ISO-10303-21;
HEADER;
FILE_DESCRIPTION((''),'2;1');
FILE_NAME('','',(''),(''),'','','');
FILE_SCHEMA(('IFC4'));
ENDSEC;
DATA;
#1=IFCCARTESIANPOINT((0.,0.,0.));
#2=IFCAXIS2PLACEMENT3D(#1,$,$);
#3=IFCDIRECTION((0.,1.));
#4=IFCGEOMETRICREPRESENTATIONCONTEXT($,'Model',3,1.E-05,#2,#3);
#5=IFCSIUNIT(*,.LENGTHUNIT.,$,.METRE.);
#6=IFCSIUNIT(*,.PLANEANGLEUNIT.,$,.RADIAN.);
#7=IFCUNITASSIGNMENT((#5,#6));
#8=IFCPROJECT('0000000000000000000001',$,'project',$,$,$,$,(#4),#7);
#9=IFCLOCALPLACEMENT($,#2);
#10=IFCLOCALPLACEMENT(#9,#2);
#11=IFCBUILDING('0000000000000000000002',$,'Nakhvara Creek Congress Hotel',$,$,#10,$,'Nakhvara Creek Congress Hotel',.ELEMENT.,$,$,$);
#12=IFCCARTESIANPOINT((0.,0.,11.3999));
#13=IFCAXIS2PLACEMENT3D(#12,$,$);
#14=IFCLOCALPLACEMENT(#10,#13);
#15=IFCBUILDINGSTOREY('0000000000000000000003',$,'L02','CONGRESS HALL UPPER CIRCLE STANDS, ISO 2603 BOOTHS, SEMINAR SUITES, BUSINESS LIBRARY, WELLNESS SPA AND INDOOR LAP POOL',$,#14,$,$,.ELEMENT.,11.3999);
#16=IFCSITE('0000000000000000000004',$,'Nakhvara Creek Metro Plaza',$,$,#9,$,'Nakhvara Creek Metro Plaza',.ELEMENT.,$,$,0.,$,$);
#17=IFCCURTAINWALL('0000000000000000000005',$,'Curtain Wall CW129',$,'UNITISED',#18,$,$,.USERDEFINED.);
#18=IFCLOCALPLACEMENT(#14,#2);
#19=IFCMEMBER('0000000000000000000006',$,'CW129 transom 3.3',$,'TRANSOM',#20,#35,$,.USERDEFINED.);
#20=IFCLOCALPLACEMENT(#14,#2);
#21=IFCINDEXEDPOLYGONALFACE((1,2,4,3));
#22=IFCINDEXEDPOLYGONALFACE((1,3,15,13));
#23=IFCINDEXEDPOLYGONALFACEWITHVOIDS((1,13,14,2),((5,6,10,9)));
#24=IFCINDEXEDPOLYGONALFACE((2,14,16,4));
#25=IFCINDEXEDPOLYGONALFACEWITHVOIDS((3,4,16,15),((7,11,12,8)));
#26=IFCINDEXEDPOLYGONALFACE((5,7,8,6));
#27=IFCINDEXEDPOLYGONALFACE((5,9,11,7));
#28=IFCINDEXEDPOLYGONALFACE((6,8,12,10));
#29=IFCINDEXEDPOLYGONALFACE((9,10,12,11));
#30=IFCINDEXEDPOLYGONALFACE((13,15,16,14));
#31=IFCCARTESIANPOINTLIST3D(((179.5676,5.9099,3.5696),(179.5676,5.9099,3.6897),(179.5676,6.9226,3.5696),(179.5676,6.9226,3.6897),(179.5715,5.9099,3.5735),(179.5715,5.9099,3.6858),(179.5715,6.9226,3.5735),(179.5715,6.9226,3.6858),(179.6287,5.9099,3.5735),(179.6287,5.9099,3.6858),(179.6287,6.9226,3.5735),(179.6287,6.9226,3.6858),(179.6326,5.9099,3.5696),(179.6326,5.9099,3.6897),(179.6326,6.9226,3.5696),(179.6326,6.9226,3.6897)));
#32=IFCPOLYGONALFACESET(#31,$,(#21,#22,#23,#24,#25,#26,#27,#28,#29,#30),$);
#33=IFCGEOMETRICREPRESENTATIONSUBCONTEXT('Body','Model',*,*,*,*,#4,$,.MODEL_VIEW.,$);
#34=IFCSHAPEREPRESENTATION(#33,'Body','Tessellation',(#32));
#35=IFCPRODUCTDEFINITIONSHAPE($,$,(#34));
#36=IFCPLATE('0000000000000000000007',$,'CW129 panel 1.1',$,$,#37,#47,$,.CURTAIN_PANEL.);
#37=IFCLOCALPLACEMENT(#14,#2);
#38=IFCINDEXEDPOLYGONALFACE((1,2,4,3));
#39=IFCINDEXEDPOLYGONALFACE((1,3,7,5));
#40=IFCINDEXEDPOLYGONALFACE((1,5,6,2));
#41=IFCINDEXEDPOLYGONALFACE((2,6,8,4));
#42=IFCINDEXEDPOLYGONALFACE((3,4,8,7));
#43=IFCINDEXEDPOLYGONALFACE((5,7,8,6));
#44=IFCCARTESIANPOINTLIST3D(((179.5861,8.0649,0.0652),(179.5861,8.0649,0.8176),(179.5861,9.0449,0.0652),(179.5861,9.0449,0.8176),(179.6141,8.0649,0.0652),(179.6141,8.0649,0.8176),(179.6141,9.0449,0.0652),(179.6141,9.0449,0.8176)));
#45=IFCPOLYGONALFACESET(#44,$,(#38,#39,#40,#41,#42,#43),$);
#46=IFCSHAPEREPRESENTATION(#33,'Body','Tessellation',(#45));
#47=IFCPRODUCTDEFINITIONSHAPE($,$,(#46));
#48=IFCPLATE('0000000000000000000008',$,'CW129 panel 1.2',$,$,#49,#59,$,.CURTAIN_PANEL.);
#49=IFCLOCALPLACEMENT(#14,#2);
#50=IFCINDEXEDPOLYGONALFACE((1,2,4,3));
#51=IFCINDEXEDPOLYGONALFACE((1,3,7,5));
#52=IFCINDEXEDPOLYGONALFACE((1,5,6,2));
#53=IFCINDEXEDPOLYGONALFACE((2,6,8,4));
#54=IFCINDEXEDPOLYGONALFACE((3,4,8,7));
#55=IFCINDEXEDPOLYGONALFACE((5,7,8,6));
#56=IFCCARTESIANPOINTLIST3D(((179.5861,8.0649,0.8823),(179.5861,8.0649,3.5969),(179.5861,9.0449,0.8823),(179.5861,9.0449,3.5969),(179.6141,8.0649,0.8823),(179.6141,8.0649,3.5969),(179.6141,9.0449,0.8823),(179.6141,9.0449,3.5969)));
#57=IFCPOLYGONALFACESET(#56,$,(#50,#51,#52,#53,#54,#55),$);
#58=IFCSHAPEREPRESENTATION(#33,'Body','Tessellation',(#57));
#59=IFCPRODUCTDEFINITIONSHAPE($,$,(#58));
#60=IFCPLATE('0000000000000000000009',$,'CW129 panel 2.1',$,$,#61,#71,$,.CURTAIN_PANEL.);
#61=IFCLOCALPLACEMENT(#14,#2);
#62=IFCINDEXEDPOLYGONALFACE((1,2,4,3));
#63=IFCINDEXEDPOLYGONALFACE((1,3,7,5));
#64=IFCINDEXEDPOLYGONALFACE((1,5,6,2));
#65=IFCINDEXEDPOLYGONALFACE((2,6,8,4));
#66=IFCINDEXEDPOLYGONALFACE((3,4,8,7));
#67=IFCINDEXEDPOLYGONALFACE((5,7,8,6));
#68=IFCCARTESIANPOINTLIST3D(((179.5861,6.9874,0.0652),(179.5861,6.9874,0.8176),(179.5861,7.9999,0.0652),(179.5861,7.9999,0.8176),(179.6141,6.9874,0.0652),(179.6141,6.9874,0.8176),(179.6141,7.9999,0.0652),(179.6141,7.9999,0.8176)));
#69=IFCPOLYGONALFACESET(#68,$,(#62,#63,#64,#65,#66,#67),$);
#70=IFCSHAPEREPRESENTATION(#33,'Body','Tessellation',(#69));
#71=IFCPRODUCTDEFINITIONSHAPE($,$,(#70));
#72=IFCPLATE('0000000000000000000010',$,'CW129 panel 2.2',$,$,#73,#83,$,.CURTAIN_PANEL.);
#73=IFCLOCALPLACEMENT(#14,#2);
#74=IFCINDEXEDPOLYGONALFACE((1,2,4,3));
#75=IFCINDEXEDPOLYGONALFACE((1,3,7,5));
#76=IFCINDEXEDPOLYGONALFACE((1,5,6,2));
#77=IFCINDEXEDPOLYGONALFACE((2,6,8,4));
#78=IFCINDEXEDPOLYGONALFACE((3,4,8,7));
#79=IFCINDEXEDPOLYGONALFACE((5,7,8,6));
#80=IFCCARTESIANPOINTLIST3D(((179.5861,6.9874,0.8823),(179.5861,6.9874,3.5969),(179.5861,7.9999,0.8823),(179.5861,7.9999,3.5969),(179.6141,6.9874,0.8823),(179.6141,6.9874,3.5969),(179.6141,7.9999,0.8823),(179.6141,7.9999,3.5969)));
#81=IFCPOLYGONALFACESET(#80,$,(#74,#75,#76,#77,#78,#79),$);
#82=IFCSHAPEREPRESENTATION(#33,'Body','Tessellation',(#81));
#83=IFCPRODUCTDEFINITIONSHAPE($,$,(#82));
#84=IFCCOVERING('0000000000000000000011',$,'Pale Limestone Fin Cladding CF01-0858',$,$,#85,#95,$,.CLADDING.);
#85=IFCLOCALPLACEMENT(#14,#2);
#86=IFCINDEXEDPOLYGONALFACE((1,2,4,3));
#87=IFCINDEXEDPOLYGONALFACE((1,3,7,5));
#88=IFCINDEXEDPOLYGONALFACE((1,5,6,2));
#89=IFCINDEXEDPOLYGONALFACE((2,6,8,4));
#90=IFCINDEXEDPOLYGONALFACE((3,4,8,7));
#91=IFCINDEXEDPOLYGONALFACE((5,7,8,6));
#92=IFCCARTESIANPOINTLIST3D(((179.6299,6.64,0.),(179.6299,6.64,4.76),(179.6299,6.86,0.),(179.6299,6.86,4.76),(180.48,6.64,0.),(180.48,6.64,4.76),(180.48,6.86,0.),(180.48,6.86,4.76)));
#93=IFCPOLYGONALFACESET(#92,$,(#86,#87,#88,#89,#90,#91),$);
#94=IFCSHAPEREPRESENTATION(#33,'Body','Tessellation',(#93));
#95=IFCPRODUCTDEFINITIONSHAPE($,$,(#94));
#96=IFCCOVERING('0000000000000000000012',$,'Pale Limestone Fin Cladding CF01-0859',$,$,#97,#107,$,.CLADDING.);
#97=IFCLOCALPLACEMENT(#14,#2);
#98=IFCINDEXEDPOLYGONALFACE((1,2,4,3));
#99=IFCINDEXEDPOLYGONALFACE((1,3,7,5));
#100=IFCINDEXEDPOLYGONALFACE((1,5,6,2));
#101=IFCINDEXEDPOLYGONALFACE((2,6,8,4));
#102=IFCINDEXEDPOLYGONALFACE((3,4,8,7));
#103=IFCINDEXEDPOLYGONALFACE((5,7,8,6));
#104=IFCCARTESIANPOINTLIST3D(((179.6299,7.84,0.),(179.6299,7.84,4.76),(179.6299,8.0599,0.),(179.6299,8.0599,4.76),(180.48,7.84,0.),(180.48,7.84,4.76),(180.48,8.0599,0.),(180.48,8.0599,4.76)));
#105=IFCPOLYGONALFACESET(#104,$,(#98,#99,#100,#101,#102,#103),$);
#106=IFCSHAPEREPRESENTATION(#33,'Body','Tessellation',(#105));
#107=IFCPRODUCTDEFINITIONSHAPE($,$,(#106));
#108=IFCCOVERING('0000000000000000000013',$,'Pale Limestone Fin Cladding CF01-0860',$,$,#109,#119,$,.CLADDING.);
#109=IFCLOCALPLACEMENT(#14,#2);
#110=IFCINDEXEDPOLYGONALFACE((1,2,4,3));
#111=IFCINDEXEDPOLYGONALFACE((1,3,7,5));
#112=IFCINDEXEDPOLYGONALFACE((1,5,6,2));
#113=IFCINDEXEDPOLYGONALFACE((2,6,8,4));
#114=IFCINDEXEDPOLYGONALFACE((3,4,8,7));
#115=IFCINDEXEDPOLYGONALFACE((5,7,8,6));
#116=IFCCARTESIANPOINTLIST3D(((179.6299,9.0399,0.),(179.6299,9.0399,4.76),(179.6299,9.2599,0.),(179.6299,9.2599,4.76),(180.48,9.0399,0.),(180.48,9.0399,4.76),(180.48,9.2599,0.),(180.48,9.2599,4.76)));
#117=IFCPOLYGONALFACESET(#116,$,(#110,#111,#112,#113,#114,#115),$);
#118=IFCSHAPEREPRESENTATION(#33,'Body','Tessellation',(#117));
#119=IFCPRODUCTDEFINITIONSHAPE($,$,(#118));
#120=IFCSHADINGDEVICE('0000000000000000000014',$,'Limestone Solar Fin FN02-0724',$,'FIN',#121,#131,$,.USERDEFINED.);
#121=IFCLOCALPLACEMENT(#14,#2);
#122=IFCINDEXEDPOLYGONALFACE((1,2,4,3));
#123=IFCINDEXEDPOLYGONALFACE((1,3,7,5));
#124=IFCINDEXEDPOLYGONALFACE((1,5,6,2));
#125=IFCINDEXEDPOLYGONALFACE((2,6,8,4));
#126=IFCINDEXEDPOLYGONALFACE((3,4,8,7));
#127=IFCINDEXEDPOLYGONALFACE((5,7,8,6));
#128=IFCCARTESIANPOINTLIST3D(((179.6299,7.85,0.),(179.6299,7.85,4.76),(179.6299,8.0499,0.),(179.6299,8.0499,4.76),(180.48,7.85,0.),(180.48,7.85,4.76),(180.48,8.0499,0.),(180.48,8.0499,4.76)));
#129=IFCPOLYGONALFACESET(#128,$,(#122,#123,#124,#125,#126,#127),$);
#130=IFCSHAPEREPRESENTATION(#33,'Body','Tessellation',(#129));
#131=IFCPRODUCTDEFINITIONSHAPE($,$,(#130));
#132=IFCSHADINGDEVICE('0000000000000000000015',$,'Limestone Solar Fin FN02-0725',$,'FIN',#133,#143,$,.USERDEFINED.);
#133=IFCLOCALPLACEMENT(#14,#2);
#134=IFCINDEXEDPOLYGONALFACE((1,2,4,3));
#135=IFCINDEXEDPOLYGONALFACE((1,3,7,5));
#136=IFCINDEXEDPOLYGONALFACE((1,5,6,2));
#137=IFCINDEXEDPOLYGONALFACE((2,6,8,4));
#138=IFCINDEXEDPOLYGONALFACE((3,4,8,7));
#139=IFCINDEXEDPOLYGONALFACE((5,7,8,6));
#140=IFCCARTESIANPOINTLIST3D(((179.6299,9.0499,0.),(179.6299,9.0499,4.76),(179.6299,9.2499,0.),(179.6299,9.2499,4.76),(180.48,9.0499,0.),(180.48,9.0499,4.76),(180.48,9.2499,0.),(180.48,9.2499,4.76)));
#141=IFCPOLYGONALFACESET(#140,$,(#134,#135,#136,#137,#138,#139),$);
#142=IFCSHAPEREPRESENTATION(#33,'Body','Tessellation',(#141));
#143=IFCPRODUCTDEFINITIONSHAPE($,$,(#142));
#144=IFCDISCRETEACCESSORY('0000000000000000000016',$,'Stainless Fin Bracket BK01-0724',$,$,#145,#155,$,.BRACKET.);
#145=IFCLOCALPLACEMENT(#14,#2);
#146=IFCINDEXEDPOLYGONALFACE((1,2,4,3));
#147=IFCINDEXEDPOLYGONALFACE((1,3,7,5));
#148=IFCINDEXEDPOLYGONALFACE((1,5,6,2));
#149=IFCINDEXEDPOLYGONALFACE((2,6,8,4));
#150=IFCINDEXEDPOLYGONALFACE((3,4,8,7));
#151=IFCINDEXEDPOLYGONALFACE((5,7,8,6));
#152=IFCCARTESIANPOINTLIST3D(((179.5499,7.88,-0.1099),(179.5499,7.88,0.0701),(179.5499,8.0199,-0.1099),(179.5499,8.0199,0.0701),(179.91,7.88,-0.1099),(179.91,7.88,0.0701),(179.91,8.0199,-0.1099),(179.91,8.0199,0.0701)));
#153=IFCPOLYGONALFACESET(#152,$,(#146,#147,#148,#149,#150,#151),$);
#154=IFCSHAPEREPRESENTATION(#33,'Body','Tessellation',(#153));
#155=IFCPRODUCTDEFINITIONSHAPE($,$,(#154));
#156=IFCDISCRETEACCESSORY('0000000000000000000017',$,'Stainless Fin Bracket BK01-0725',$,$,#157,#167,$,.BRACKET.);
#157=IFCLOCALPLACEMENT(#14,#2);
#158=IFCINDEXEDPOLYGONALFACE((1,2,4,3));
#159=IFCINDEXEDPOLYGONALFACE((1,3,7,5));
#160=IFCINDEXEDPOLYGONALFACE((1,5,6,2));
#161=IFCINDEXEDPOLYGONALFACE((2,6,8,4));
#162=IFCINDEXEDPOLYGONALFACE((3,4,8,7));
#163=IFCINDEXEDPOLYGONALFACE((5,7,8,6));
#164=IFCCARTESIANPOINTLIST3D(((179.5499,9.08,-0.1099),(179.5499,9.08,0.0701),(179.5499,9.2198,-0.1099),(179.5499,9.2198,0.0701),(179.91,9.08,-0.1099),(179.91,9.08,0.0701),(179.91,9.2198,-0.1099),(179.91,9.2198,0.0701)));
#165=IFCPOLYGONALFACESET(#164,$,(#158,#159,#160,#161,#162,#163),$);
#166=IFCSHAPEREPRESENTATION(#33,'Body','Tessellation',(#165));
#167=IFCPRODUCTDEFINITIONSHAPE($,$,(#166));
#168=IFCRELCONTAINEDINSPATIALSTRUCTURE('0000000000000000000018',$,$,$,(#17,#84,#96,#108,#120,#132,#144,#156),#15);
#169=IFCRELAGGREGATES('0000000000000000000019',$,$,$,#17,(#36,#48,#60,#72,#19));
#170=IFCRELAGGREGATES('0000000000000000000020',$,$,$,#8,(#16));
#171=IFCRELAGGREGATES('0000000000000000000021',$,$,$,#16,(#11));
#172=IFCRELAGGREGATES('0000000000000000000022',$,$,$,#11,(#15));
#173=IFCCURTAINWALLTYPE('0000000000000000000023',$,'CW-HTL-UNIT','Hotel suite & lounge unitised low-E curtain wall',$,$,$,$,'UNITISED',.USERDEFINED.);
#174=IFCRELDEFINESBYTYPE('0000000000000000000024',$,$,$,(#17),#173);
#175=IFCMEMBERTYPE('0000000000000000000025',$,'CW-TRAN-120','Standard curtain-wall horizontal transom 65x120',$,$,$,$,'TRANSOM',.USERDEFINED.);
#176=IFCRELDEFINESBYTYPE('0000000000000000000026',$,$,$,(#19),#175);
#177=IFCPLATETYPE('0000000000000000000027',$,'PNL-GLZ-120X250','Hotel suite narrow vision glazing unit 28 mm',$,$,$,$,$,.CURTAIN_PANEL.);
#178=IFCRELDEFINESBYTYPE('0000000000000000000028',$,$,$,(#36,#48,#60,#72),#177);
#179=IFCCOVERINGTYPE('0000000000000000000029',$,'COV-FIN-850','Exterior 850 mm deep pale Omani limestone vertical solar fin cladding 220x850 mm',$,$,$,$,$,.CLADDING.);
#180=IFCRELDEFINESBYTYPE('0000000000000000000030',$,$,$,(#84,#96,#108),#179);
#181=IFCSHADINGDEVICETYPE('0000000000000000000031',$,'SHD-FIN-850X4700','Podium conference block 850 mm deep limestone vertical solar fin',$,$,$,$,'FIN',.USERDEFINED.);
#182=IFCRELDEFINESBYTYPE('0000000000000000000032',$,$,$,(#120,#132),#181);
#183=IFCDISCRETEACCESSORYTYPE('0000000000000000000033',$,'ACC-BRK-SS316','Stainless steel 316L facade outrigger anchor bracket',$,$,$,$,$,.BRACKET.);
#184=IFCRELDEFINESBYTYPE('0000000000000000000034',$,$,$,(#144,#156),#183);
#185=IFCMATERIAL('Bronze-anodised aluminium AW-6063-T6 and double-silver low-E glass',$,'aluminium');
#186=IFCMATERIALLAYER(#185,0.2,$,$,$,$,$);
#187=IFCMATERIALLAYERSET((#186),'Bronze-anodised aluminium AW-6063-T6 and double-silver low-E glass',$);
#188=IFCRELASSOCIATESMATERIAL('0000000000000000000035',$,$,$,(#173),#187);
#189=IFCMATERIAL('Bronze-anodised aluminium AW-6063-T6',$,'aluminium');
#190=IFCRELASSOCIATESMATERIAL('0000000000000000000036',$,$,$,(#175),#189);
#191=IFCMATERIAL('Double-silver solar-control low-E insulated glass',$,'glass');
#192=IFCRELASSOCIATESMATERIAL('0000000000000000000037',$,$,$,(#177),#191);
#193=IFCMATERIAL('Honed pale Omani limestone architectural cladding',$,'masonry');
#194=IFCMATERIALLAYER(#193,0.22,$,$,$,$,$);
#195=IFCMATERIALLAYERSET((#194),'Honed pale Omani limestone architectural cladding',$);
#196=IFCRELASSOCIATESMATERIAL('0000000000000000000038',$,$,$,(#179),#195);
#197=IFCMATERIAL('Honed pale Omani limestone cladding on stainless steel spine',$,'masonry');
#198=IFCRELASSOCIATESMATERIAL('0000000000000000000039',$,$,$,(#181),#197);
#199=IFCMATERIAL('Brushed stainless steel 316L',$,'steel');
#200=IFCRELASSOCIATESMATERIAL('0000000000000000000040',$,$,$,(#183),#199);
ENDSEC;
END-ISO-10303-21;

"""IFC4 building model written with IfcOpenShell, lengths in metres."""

from ifc_helpers import new_model, si_unit, direction, frame, origin, origin_2d, place, context, subcontext, project, spatial, rectangle, hollow_rectangle, extrude, material, layer, layer_set, material_profile, profile_set, type_object, element, aggregate, save


model = new_model("IFC4")

# Units and contexts
model_context = context("Model", 3, precision=1e-05, world=origin(), true_north=direction((0.0, 1.0)))
body_context = subcontext(model_context, "Body", "Model", "MODEL_VIEW")
ifc_project = project(units=[si_unit("LENGTHUNIT", "METRE"), si_unit("PLANEANGLEUNIT", "RADIAN")], contexts=[model_context])

# Site, building, storey
site_placement = place(None, origin())
site = spatial("IfcSite", under=ifc_project, at=site_placement, Name="Nakhvara Creek Metro Plaza", LongName="Nakhvara Creek Metro Plaza", CompositionType="ELEMENT", RefElevation=0.0)
building_placement = place(site_placement, origin())
building = spatial("IfcBuilding", under=site, at=building_placement, Name="Nakhvara Creek Congress Hotel", LongName="Nakhvara Creek Congress Hotel", CompositionType="ELEMENT")
storey_placement = place(building_placement, frame((0.0, 0.0, 11.3999)))
storey = spatial("IfcBuildingStorey", under=building, at=storey_placement, Name="L02", Description="CONGRESS HALL UPPER CIRCLE STANDS, ISO 2603 BOOTHS, SEMINAR SUITES, BUSINESS LIBRARY, WELLNESS SPA AND INDOOR LAP POOL", CompositionType="ELEMENT", Elevation=11.3999)

# Curtain wall, member, plates
ifc_material_1 = material(Name="Bronze-anodised aluminium AW-6063-T6 and double-silver low-E glass", Category="aluminium")
ifc_layer_1 = layer(ifc_material_1, 0.2)
ifc_layer_set_1 = layer_set([ifc_layer_1], Name="Bronze-anodised aluminium AW-6063-T6 and double-silver low-E glass")
curtain_wall_type = type_object("IfcCurtainWallType", Name="CW-HTL-UNIT", Description="Hotel suite & lounge unitised low-E curtain wall", ElementType="UNITISED", PredefinedType="USERDEFINED", material=ifc_layer_set_1)
curtain_wall_placement = place(storey_placement, origin())
curtain_wall = element("IfcCurtainWall", 1, at=curtain_wall_placement, inside=storey, type_object=curtain_wall_type, Name="Curtain Wall CW129", ObjectType="UNITISED", PredefinedType="USERDEFINED")
ifc_material_2 = material(Name="Bronze-anodised aluminium AW-6063-T6", Category="aluminium")
ifc_material_profile_1 = material_profile(ifc_material_2, hollow_rectangle(XDim=0.0649, YDim=0.1201, WallThickness=0.0039, at=origin_2d()), Name="ALU-TRAN 65x120x4", Category="LoadBearing")
ifc_profile_set_1 = profile_set([ifc_material_profile_1], Name="Bronze-anodised aluminium AW-6063-T6")
member_type_1 = type_object("IfcMemberType", Name="CW-TRAN-120", Description="Standard curtain-wall horizontal transom 65x120", ElementType="TRANSOM", PredefinedType="USERDEFINED", material=ifc_profile_set_1)
member_1_placement = place(storey_placement, frame((179.6001, 6.9226, 3.6296), z_axis=(0.0, -1.0, 0.0), x_axis=(1.0, 0.0, 0.0)))
member_1 = element("IfcMember", 2, at=member_1_placement, type_object=member_type_1, Name="CW129 transom 3.3", ObjectType="TRANSOM", PredefinedType="USERDEFINED", context=body_context, shape_type="SweptSolid", body=[
    extrude(hollow_rectangle(XDim=0.0649, YDim=0.1201, WallThickness=0.0039, at=origin_2d()), origin(), (0.0, 0.0, 1.0), 1.0127),
])
ifc_material_3 = material(Name="Double-silver solar-control low-E insulated glass", Category="glass")
plate_type = type_object("IfcPlateType", Name="PNL-GLZ-120X250", Description="Hotel suite narrow vision glazing unit 28 mm", PredefinedType="CURTAIN_PANEL", material=ifc_material_3)
plate_1_placement = place(storey_placement, frame((179.6001, 8.5549, 0.0652), z_axis=(0.0, 0.0, 1.0), x_axis=(0.0, -1.0, 0.0)))
plate_1 = element("IfcPlate", 3, at=plate_1_placement, type_object=plate_type, Name="CW129 panel 1.1", PredefinedType="CURTAIN_PANEL", context=body_context, shape_type="SweptSolid", body=[
    extrude(rectangle(XDim=0.98, YDim=0.0281, at=origin_2d()), origin(), (0.0, 0.0, 1.0), 0.7524),
])
plate_2_placement = place(storey_placement, frame((179.6001, 8.5549, 0.8823), z_axis=(0.0, 0.0, 1.0), x_axis=(0.0, -1.0, 0.0)))
plate_2 = element("IfcPlate", 4, at=plate_2_placement, type_object=plate_type, Name="CW129 panel 1.2", PredefinedType="CURTAIN_PANEL", context=body_context, shape_type="SweptSolid", body=[
    extrude(rectangle(XDim=0.98, YDim=0.0281, at=origin_2d()), origin(), (0.0, 0.0, 1.0), 2.7146),
])
plate_3_placement = place(storey_placement, frame((179.6001, 7.4937, 0.0652), z_axis=(0.0, 0.0, 1.0), x_axis=(0.0, -1.0, 0.0)))
plate_3 = element("IfcPlate", 5, at=plate_3_placement, type_object=plate_type, Name="CW129 panel 2.1", PredefinedType="CURTAIN_PANEL", context=body_context, shape_type="SweptSolid", body=[
    extrude(rectangle(XDim=1.0125, YDim=0.0281, at=origin_2d()), origin(), (0.0, 0.0, 1.0), 0.7524),
])
plate_4_placement = place(storey_placement, frame((179.6001, 7.4937, 0.8823), z_axis=(0.0, 0.0, 1.0), x_axis=(0.0, -1.0, 0.0)))
plate_4 = element("IfcPlate", 6, at=plate_4_placement, type_object=plate_type, Name="CW129 panel 2.2", PredefinedType="CURTAIN_PANEL", context=body_context, shape_type="SweptSolid", body=[
    extrude(rectangle(XDim=1.0125, YDim=0.0281, at=origin_2d()), origin(), (0.0, 0.0, 1.0), 2.7146),
])
aggregate(curtain_wall, [plate_1, plate_2, plate_3, plate_4, member_1])

# Coverings
ifc_material_4 = material(Name="Honed pale Omani limestone architectural cladding", Category="masonry")
ifc_layer_2 = layer(ifc_material_4, 0.22)
ifc_layer_set_2 = layer_set([ifc_layer_2], Name="Honed pale Omani limestone architectural cladding")
covering_type = type_object("IfcCoveringType", Name="COV-FIN-850", Description="Exterior 850 mm deep pale Omani limestone vertical solar fin cladding 220x850 mm", PredefinedType="CLADDING", material=ifc_layer_set_2)
for number, where, z_axis, x_axis, name in (
    (7, (180.0549, 6.75, 0.0), (0.0, 0.0, 1.0), (0.0, 1.0, 0.0), "Pale Limestone Fin Cladding CF01-0858"),
    (8, (180.0549, 7.95, 0.0), (0.0, 0.0, 1.0), (0.0, 1.0, 0.0), "Pale Limestone Fin Cladding CF01-0859"),
    (9, (180.0549, 9.1499, 0.0), (0.0, 0.0, 1.0), (0.0, 1.0, 0.0), "Pale Limestone Fin Cladding CF01-0860"),
):
    element("IfcCovering", number, at=place(storey_placement, frame(where, z_axis=z_axis, x_axis=x_axis)), inside=storey, type_object=covering_type, Name=name, PredefinedType="CLADDING", context=body_context, shape_type="SweptSolid", body=[
        extrude(rectangle(XDim=0.22, YDim=0.8501, at=origin_2d()), origin(), (0.0, 0.0, 1.0), 4.76),
    ])

# Shading devices
ifc_material_5 = material(Name="Honed pale Omani limestone cladding on stainless steel spine", Category="masonry")
shading_device_type = type_object("IfcShadingDeviceType", Name="SHD-FIN-850X4700", Description="Podium conference block 850 mm deep limestone vertical solar fin", ElementType="FIN", PredefinedType="USERDEFINED", material=ifc_material_5)
for number, where, z_axis, x_axis, name in (
    (10, (180.0549, 7.95, 0.0), (0.0, 0.0, 1.0), (0.0, 1.0, 0.0), "Limestone Solar Fin FN02-0724"),
    (11, (180.0549, 9.1499, 0.0), (0.0, 0.0, 1.0), (0.0, 1.0, 0.0), "Limestone Solar Fin FN02-0725"),
):
    element("IfcShadingDevice", number, at=place(storey_placement, frame(where, z_axis=z_axis, x_axis=x_axis)), inside=storey, type_object=shading_device_type, Name=name, ObjectType="FIN", PredefinedType="USERDEFINED", context=body_context, shape_type="SweptSolid", body=[
        extrude(rectangle(XDim=0.2, YDim=0.8501, at=origin_2d()), origin(), (0.0, 0.0, 1.0), 4.76),
    ])

# Discrete accessories
ifc_material_6 = material(Name="Brushed stainless steel 316L", Category="steel")
discrete_accessory_type = type_object("IfcDiscreteAccessoryType", Name="ACC-BRK-SS316", Description="Stainless steel 316L facade outrigger anchor bracket", PredefinedType="BRACKET", material=ifc_material_6)
for number, where, z_axis, x_axis, name in (
    (12, (179.73, 7.95, -0.1099), (0.0, 0.0, 1.0), (0.0, 1.0, 0.0), "Stainless Fin Bracket BK01-0724"),
    (13, (179.73, 9.1499, -0.1099), (0.0, 0.0, 1.0), (0.0, 1.0, 0.0), "Stainless Fin Bracket BK01-0725"),
):
    element("IfcDiscreteAccessory", number, at=place(storey_placement, frame(where, z_axis=z_axis, x_axis=x_axis)), inside=storey, type_object=discrete_accessory_type, Name=name, PredefinedType="BRACKET", context=body_context, shape_type="SweptSolid", body=[
        extrude(rectangle(XDim=0.1399, YDim=0.3601, at=origin_2d()), origin(), (0.0, 0.0, 1.0), 0.1799),
    ])

save(model, "model.ifc")
